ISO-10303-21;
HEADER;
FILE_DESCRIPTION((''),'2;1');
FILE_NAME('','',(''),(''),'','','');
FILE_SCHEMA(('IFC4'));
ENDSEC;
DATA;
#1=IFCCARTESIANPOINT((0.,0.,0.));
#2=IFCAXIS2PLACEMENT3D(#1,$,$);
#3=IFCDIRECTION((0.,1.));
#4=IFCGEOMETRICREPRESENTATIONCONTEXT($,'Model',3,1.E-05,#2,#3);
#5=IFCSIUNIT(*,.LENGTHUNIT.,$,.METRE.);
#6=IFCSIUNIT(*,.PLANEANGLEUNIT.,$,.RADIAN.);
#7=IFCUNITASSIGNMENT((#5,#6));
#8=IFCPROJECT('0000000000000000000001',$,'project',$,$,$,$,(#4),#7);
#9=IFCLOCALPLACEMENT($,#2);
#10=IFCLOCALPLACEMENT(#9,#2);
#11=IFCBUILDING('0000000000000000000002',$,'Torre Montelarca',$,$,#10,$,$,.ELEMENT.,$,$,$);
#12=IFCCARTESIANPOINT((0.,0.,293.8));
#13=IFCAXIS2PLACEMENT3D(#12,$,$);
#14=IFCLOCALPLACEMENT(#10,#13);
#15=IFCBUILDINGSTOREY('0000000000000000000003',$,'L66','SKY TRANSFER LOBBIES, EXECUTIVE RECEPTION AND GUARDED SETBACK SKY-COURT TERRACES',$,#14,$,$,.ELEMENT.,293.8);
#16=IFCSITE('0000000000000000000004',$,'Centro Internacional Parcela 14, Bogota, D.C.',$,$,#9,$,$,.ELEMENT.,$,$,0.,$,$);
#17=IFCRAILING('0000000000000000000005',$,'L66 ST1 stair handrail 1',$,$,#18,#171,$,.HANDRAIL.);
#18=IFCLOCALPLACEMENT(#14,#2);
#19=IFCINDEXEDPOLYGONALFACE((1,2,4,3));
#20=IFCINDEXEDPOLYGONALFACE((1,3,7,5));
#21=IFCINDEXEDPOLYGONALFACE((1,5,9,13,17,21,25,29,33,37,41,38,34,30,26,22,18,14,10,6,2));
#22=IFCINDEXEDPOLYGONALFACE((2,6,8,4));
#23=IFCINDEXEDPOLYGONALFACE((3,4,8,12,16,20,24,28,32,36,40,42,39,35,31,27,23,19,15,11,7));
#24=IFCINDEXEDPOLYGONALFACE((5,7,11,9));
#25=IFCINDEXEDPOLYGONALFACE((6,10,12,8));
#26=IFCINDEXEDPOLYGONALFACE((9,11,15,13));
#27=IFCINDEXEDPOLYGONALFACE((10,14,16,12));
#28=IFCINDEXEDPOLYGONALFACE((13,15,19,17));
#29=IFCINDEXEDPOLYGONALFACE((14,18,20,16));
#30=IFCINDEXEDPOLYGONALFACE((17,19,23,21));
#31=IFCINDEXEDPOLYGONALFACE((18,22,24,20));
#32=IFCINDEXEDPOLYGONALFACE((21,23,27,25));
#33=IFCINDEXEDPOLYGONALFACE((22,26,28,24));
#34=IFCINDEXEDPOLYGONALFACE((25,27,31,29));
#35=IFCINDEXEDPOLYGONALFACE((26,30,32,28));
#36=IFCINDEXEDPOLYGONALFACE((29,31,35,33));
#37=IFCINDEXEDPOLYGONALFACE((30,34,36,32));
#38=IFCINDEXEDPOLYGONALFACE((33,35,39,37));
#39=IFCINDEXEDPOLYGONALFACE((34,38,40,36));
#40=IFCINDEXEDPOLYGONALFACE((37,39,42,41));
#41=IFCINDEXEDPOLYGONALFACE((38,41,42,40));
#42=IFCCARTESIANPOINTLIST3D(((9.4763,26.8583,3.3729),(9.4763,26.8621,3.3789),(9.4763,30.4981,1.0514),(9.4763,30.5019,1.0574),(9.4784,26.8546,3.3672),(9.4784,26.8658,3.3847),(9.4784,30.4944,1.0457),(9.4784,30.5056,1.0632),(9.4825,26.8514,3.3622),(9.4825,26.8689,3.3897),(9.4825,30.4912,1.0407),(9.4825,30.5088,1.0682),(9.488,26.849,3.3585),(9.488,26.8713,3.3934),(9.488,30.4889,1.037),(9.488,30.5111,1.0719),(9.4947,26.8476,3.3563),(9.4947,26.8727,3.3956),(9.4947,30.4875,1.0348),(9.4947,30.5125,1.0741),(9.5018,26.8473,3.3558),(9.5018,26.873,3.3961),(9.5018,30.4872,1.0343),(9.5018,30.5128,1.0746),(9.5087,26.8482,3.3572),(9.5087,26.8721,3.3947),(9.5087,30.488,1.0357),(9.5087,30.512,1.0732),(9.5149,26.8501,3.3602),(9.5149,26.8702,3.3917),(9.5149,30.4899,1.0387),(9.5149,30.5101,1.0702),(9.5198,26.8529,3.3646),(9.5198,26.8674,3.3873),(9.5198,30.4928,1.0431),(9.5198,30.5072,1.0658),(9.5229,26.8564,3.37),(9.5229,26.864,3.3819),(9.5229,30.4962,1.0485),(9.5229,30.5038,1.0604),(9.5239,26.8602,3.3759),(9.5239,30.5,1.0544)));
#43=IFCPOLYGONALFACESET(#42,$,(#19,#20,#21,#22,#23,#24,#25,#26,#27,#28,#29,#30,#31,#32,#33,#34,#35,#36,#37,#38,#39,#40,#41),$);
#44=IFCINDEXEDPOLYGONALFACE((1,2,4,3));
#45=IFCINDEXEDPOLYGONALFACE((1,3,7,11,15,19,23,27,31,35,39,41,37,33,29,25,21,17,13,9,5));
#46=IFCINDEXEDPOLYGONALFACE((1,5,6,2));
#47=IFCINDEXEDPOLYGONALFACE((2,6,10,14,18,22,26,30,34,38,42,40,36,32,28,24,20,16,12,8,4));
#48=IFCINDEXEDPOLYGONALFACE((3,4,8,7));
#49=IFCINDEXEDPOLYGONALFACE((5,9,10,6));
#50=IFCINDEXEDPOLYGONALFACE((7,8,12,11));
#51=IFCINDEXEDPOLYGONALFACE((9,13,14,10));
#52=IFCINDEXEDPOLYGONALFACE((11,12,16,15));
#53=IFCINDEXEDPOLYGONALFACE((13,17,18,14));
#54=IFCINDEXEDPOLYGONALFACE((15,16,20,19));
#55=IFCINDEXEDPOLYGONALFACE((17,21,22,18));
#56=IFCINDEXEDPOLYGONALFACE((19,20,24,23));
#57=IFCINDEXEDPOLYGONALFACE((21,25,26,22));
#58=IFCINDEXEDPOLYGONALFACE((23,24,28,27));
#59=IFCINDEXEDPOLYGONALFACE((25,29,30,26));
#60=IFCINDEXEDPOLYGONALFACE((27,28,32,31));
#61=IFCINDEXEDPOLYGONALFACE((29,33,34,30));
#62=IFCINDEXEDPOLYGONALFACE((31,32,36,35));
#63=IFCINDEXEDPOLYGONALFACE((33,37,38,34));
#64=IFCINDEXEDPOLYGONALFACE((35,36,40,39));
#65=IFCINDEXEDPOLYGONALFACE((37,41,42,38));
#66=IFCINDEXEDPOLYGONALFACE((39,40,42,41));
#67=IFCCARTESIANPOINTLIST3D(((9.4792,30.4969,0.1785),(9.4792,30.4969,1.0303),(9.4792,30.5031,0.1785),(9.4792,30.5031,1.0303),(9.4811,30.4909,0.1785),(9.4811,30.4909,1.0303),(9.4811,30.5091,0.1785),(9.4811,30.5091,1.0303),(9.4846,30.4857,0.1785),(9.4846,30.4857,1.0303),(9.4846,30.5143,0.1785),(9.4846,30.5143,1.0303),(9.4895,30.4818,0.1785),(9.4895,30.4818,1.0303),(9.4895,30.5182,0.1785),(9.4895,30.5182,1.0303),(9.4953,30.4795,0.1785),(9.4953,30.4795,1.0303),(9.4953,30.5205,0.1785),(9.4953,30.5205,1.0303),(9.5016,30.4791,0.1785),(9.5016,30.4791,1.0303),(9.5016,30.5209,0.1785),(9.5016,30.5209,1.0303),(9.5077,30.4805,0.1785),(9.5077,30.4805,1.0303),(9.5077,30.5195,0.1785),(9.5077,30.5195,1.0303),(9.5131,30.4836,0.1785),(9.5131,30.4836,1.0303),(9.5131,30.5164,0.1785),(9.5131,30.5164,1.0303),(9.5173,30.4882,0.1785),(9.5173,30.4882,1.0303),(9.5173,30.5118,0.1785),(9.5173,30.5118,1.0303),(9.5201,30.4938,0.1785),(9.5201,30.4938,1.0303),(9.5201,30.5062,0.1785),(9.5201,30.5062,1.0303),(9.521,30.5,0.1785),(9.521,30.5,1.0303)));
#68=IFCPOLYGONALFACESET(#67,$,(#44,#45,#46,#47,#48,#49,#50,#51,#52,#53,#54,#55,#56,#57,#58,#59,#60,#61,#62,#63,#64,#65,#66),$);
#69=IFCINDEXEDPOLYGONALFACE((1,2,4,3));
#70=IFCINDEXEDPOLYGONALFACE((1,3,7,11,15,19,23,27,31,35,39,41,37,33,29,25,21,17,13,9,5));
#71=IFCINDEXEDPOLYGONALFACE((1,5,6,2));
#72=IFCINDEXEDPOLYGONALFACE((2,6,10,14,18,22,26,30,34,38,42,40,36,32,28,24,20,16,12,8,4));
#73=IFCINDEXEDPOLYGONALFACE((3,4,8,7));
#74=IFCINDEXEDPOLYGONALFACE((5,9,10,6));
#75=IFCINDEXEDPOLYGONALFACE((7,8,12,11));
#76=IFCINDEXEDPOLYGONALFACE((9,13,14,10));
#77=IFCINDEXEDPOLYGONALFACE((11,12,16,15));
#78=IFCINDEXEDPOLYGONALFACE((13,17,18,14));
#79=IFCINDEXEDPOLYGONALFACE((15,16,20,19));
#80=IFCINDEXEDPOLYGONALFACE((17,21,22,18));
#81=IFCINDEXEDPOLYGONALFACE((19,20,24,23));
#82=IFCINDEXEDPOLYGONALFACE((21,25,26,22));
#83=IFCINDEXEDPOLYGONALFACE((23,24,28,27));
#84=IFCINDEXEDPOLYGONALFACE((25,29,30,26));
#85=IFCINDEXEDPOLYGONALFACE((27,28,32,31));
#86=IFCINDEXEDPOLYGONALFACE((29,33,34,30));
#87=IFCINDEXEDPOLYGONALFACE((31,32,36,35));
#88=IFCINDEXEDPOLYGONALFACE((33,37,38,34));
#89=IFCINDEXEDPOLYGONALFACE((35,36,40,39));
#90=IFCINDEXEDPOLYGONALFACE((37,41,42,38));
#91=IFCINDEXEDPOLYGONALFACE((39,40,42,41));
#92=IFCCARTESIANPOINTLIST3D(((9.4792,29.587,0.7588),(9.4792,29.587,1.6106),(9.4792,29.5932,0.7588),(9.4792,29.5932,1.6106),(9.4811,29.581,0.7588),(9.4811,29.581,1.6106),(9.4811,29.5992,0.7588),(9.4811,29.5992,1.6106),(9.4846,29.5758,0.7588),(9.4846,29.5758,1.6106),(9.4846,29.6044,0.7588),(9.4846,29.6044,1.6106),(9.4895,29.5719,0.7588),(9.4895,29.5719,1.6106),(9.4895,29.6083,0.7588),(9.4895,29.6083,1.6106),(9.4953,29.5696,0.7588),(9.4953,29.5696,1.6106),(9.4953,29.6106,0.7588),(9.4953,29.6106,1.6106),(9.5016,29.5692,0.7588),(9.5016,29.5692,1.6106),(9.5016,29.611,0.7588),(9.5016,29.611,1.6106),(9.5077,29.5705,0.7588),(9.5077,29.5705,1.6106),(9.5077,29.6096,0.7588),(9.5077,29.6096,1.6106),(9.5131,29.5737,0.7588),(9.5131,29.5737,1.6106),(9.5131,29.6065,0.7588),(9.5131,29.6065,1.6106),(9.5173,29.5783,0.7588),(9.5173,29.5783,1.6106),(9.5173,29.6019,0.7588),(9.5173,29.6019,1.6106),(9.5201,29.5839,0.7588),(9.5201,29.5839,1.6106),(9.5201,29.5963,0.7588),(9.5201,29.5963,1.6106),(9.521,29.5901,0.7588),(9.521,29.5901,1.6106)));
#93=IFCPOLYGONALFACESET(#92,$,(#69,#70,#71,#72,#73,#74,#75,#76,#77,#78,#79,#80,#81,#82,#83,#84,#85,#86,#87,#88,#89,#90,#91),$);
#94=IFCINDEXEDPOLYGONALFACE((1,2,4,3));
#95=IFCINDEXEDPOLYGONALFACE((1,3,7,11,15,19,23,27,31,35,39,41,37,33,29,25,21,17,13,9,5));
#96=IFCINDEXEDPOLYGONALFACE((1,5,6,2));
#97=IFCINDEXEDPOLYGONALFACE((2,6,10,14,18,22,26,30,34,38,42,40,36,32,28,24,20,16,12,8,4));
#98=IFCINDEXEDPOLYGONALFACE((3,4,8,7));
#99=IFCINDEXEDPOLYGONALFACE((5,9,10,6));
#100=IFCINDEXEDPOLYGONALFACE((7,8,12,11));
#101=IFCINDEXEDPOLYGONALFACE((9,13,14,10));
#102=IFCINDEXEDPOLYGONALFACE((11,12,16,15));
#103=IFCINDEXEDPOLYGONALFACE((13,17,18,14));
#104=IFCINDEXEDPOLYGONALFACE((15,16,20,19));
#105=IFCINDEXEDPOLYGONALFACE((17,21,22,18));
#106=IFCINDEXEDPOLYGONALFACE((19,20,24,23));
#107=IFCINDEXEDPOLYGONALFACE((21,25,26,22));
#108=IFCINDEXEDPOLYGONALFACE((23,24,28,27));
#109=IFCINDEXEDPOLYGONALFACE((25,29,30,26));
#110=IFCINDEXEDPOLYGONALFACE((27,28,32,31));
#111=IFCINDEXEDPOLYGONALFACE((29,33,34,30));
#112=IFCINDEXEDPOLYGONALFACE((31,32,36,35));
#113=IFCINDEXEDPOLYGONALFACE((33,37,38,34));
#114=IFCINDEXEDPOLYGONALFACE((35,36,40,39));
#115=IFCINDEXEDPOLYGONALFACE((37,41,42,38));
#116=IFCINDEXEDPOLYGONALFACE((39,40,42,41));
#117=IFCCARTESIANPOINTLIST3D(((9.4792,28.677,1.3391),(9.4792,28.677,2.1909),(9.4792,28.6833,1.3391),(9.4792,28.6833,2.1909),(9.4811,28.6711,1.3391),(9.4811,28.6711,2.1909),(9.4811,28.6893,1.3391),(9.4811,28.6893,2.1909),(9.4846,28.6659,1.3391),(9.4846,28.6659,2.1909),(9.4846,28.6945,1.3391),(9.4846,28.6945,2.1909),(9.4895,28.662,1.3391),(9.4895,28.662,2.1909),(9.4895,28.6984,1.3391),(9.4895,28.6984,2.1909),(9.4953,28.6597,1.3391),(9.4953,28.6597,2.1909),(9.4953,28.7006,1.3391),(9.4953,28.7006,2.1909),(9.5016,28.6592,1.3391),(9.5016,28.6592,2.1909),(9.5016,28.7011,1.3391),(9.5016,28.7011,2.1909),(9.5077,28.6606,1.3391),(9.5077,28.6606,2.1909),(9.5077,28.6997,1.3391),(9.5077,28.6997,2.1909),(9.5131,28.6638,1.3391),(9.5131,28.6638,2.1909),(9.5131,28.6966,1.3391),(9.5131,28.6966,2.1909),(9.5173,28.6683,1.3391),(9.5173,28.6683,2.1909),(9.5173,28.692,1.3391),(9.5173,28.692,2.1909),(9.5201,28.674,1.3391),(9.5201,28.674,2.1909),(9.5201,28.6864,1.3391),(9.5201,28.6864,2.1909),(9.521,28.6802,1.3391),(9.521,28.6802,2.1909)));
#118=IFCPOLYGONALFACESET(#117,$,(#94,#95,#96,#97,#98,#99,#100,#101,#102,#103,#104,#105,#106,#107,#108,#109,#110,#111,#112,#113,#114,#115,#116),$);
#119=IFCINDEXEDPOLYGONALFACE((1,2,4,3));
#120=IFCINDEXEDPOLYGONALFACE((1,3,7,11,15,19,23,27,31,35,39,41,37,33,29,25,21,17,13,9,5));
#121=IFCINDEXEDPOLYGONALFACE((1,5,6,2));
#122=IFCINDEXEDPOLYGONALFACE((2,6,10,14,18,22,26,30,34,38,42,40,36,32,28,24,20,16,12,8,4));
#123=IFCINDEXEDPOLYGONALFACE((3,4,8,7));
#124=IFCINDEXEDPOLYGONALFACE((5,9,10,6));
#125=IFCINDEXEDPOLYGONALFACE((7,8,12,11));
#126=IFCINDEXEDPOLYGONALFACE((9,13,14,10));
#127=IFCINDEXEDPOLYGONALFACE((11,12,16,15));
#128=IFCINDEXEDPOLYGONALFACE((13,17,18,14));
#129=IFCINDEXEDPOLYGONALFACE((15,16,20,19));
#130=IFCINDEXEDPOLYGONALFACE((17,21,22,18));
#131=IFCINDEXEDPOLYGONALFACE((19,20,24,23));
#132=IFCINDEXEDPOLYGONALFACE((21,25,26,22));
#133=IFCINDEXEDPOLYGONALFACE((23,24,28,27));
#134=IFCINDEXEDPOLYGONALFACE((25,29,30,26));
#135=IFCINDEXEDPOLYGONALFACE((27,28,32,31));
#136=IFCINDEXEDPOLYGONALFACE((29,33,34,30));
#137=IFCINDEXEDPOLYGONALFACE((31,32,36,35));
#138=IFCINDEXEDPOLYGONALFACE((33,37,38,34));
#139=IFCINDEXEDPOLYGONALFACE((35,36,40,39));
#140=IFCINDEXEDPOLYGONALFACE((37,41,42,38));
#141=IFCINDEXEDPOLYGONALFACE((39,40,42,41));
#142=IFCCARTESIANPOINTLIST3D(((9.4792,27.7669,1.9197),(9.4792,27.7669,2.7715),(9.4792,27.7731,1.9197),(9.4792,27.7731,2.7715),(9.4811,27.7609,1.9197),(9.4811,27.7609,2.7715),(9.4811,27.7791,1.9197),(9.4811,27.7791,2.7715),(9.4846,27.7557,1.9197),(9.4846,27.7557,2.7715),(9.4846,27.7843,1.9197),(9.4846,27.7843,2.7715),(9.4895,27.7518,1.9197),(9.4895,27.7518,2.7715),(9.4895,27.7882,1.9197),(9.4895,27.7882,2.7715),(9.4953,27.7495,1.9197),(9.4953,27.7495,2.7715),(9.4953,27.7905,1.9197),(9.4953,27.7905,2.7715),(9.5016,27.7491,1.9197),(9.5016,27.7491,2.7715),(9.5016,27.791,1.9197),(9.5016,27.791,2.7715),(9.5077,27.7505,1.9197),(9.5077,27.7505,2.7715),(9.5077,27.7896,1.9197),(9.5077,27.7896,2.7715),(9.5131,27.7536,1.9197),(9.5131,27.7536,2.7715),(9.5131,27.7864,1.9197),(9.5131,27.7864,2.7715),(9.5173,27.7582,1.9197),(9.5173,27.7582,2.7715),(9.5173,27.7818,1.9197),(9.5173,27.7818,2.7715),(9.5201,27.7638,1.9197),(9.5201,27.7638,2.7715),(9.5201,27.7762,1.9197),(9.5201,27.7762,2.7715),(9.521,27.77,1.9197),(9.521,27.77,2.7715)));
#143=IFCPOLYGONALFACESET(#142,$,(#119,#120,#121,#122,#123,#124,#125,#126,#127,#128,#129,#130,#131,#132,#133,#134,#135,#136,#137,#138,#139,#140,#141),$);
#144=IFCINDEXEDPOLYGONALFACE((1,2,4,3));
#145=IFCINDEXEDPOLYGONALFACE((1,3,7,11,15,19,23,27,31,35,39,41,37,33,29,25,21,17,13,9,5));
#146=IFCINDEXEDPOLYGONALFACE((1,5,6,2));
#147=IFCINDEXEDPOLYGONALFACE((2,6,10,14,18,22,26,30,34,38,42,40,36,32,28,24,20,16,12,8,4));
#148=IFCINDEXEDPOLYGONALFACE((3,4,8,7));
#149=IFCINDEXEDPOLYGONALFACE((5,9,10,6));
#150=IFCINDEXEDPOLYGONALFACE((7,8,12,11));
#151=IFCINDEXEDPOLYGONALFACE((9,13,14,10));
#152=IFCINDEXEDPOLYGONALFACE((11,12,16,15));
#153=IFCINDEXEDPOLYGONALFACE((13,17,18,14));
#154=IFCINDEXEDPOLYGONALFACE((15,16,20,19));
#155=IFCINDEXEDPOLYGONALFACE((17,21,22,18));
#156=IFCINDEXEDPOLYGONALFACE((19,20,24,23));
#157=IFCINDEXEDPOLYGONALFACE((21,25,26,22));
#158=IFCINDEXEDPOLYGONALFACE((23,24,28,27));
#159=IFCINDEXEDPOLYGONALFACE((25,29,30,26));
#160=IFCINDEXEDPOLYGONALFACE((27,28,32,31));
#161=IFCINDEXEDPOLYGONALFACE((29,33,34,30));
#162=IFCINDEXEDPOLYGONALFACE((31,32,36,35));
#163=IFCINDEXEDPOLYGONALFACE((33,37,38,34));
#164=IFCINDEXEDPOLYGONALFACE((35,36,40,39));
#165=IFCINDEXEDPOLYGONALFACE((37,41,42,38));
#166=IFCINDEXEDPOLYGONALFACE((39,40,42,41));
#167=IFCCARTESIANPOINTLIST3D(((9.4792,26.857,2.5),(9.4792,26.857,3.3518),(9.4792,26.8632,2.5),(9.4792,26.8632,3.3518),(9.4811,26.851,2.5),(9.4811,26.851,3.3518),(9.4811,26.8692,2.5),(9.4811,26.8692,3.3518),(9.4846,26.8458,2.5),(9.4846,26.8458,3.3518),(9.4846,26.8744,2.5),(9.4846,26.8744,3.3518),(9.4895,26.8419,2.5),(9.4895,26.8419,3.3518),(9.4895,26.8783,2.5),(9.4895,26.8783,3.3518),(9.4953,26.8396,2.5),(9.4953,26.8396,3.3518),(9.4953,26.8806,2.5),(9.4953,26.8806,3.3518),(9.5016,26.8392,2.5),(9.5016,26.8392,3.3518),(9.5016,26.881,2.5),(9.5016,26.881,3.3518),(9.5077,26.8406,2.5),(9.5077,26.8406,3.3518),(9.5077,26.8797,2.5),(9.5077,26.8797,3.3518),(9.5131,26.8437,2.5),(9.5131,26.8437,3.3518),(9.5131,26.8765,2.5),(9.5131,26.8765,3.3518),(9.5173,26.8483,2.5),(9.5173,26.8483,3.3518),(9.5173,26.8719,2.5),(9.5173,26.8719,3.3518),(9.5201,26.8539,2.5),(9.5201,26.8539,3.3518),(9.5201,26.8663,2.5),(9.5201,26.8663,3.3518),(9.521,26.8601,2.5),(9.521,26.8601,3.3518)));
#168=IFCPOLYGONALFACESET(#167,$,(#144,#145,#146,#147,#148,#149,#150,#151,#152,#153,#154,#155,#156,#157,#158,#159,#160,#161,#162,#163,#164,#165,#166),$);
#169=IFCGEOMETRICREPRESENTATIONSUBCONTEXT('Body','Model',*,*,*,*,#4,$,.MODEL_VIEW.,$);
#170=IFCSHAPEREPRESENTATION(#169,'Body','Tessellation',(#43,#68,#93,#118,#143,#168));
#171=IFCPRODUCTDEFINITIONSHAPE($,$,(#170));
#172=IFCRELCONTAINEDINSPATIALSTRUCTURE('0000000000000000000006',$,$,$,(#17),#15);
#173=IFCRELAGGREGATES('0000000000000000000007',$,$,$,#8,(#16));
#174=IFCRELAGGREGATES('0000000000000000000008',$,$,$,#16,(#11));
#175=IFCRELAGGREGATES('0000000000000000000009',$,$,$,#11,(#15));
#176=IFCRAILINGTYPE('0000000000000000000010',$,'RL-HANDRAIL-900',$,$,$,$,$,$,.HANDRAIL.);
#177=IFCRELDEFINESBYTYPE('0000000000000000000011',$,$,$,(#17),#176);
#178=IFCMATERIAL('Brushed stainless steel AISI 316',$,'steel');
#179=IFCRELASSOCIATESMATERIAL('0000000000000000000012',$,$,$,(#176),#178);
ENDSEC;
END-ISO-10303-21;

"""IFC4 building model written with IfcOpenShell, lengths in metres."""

from ifc_helpers import new_model, si_unit, direction, frame, origin, origin_2d, place, context, subcontext, project, spatial, circle, extrude, material, type_object, element, save


model = new_model("IFC4")

# Units and contexts
model_context = context("Model", 3, precision=1e-05, world=origin(), true_north=direction((0.0, 1.0)))
body_context = subcontext(model_context, "Body", "Model", "MODEL_VIEW")
ifc_project = project(units=[si_unit("LENGTHUNIT", "METRE"), si_unit("PLANEANGLEUNIT", "RADIAN")], contexts=[model_context])

# Site, building, storey
site_placement = place(None, origin())
site = spatial("IfcSite", under=ifc_project, at=site_placement, Name="Centro Internacional Parcela 14, Bogota, D.C.", CompositionType="ELEMENT", RefElevation=0.0)
building_placement = place(site_placement, origin())
building = spatial("IfcBuilding", under=site, at=building_placement, Name="Torre Montelarca", CompositionType="ELEMENT")
storey_placement = place(building_placement, frame((0.0, 0.0, 293.8)))
storey = spatial("IfcBuildingStorey", under=building, at=storey_placement, Name="L66", Description="SKY TRANSFER LOBBIES, EXECUTIVE RECEPTION AND GUARDED SETBACK SKY-COURT TERRACES", CompositionType="ELEMENT", Elevation=293.8)

# Shared definitions
ifc_material_1 = material(Name="Brushed stainless steel AISI 316", Category="steel")

# Railing
railing_type_1 = type_object("IfcRailingType", Name="RL-HANDRAIL-900", PredefinedType="HANDRAIL", material=ifc_material_1)
railing_1_placement = place(storey_placement, frame((9.5, 30.5, 0.1785)))
element("IfcRailing", 1, at=railing_1_placement, inside=storey, type_object=railing_type_1, Name="L66 ST1 stair handrail 1", PredefinedType="HANDRAIL", context=body_context, shape_type="SweptSolid", body=[
    extrude(circle(Radius=0.0239, at=origin_2d()), frame((0.0, 0.0, 0.876), z_axis=(0.0, -0.843112, 0.537739), x_axis=(1.0, 0.0, 0.0)), (0.0, 0.0, 1.0), 4.3171),
    extrude(circle(Radius=0.021, at=origin_2d()), origin(), (0.0, 0.0, 1.0), 0.8518),
    extrude(circle(Radius=0.021, at=origin_2d()), frame((0.0, -0.9099, 0.5803)), (0.0, 0.0, 1.0), 0.8518),
    extrude(circle(Radius=0.021, at=origin_2d()), frame((0.0, -1.8198, 1.1606)), (0.0, 0.0, 1.0), 0.8518),
    extrude(circle(Radius=0.021, at=origin_2d()), frame((0.0, -2.73, 1.7412)), (0.0, 0.0, 1.0), 0.8518),
    extrude(circle(Radius=0.021, at=origin_2d()), frame((0.0, -3.6399, 2.3215)), (0.0, 0.0, 1.0), 0.8518),
])

save(model, "model.ifc")
